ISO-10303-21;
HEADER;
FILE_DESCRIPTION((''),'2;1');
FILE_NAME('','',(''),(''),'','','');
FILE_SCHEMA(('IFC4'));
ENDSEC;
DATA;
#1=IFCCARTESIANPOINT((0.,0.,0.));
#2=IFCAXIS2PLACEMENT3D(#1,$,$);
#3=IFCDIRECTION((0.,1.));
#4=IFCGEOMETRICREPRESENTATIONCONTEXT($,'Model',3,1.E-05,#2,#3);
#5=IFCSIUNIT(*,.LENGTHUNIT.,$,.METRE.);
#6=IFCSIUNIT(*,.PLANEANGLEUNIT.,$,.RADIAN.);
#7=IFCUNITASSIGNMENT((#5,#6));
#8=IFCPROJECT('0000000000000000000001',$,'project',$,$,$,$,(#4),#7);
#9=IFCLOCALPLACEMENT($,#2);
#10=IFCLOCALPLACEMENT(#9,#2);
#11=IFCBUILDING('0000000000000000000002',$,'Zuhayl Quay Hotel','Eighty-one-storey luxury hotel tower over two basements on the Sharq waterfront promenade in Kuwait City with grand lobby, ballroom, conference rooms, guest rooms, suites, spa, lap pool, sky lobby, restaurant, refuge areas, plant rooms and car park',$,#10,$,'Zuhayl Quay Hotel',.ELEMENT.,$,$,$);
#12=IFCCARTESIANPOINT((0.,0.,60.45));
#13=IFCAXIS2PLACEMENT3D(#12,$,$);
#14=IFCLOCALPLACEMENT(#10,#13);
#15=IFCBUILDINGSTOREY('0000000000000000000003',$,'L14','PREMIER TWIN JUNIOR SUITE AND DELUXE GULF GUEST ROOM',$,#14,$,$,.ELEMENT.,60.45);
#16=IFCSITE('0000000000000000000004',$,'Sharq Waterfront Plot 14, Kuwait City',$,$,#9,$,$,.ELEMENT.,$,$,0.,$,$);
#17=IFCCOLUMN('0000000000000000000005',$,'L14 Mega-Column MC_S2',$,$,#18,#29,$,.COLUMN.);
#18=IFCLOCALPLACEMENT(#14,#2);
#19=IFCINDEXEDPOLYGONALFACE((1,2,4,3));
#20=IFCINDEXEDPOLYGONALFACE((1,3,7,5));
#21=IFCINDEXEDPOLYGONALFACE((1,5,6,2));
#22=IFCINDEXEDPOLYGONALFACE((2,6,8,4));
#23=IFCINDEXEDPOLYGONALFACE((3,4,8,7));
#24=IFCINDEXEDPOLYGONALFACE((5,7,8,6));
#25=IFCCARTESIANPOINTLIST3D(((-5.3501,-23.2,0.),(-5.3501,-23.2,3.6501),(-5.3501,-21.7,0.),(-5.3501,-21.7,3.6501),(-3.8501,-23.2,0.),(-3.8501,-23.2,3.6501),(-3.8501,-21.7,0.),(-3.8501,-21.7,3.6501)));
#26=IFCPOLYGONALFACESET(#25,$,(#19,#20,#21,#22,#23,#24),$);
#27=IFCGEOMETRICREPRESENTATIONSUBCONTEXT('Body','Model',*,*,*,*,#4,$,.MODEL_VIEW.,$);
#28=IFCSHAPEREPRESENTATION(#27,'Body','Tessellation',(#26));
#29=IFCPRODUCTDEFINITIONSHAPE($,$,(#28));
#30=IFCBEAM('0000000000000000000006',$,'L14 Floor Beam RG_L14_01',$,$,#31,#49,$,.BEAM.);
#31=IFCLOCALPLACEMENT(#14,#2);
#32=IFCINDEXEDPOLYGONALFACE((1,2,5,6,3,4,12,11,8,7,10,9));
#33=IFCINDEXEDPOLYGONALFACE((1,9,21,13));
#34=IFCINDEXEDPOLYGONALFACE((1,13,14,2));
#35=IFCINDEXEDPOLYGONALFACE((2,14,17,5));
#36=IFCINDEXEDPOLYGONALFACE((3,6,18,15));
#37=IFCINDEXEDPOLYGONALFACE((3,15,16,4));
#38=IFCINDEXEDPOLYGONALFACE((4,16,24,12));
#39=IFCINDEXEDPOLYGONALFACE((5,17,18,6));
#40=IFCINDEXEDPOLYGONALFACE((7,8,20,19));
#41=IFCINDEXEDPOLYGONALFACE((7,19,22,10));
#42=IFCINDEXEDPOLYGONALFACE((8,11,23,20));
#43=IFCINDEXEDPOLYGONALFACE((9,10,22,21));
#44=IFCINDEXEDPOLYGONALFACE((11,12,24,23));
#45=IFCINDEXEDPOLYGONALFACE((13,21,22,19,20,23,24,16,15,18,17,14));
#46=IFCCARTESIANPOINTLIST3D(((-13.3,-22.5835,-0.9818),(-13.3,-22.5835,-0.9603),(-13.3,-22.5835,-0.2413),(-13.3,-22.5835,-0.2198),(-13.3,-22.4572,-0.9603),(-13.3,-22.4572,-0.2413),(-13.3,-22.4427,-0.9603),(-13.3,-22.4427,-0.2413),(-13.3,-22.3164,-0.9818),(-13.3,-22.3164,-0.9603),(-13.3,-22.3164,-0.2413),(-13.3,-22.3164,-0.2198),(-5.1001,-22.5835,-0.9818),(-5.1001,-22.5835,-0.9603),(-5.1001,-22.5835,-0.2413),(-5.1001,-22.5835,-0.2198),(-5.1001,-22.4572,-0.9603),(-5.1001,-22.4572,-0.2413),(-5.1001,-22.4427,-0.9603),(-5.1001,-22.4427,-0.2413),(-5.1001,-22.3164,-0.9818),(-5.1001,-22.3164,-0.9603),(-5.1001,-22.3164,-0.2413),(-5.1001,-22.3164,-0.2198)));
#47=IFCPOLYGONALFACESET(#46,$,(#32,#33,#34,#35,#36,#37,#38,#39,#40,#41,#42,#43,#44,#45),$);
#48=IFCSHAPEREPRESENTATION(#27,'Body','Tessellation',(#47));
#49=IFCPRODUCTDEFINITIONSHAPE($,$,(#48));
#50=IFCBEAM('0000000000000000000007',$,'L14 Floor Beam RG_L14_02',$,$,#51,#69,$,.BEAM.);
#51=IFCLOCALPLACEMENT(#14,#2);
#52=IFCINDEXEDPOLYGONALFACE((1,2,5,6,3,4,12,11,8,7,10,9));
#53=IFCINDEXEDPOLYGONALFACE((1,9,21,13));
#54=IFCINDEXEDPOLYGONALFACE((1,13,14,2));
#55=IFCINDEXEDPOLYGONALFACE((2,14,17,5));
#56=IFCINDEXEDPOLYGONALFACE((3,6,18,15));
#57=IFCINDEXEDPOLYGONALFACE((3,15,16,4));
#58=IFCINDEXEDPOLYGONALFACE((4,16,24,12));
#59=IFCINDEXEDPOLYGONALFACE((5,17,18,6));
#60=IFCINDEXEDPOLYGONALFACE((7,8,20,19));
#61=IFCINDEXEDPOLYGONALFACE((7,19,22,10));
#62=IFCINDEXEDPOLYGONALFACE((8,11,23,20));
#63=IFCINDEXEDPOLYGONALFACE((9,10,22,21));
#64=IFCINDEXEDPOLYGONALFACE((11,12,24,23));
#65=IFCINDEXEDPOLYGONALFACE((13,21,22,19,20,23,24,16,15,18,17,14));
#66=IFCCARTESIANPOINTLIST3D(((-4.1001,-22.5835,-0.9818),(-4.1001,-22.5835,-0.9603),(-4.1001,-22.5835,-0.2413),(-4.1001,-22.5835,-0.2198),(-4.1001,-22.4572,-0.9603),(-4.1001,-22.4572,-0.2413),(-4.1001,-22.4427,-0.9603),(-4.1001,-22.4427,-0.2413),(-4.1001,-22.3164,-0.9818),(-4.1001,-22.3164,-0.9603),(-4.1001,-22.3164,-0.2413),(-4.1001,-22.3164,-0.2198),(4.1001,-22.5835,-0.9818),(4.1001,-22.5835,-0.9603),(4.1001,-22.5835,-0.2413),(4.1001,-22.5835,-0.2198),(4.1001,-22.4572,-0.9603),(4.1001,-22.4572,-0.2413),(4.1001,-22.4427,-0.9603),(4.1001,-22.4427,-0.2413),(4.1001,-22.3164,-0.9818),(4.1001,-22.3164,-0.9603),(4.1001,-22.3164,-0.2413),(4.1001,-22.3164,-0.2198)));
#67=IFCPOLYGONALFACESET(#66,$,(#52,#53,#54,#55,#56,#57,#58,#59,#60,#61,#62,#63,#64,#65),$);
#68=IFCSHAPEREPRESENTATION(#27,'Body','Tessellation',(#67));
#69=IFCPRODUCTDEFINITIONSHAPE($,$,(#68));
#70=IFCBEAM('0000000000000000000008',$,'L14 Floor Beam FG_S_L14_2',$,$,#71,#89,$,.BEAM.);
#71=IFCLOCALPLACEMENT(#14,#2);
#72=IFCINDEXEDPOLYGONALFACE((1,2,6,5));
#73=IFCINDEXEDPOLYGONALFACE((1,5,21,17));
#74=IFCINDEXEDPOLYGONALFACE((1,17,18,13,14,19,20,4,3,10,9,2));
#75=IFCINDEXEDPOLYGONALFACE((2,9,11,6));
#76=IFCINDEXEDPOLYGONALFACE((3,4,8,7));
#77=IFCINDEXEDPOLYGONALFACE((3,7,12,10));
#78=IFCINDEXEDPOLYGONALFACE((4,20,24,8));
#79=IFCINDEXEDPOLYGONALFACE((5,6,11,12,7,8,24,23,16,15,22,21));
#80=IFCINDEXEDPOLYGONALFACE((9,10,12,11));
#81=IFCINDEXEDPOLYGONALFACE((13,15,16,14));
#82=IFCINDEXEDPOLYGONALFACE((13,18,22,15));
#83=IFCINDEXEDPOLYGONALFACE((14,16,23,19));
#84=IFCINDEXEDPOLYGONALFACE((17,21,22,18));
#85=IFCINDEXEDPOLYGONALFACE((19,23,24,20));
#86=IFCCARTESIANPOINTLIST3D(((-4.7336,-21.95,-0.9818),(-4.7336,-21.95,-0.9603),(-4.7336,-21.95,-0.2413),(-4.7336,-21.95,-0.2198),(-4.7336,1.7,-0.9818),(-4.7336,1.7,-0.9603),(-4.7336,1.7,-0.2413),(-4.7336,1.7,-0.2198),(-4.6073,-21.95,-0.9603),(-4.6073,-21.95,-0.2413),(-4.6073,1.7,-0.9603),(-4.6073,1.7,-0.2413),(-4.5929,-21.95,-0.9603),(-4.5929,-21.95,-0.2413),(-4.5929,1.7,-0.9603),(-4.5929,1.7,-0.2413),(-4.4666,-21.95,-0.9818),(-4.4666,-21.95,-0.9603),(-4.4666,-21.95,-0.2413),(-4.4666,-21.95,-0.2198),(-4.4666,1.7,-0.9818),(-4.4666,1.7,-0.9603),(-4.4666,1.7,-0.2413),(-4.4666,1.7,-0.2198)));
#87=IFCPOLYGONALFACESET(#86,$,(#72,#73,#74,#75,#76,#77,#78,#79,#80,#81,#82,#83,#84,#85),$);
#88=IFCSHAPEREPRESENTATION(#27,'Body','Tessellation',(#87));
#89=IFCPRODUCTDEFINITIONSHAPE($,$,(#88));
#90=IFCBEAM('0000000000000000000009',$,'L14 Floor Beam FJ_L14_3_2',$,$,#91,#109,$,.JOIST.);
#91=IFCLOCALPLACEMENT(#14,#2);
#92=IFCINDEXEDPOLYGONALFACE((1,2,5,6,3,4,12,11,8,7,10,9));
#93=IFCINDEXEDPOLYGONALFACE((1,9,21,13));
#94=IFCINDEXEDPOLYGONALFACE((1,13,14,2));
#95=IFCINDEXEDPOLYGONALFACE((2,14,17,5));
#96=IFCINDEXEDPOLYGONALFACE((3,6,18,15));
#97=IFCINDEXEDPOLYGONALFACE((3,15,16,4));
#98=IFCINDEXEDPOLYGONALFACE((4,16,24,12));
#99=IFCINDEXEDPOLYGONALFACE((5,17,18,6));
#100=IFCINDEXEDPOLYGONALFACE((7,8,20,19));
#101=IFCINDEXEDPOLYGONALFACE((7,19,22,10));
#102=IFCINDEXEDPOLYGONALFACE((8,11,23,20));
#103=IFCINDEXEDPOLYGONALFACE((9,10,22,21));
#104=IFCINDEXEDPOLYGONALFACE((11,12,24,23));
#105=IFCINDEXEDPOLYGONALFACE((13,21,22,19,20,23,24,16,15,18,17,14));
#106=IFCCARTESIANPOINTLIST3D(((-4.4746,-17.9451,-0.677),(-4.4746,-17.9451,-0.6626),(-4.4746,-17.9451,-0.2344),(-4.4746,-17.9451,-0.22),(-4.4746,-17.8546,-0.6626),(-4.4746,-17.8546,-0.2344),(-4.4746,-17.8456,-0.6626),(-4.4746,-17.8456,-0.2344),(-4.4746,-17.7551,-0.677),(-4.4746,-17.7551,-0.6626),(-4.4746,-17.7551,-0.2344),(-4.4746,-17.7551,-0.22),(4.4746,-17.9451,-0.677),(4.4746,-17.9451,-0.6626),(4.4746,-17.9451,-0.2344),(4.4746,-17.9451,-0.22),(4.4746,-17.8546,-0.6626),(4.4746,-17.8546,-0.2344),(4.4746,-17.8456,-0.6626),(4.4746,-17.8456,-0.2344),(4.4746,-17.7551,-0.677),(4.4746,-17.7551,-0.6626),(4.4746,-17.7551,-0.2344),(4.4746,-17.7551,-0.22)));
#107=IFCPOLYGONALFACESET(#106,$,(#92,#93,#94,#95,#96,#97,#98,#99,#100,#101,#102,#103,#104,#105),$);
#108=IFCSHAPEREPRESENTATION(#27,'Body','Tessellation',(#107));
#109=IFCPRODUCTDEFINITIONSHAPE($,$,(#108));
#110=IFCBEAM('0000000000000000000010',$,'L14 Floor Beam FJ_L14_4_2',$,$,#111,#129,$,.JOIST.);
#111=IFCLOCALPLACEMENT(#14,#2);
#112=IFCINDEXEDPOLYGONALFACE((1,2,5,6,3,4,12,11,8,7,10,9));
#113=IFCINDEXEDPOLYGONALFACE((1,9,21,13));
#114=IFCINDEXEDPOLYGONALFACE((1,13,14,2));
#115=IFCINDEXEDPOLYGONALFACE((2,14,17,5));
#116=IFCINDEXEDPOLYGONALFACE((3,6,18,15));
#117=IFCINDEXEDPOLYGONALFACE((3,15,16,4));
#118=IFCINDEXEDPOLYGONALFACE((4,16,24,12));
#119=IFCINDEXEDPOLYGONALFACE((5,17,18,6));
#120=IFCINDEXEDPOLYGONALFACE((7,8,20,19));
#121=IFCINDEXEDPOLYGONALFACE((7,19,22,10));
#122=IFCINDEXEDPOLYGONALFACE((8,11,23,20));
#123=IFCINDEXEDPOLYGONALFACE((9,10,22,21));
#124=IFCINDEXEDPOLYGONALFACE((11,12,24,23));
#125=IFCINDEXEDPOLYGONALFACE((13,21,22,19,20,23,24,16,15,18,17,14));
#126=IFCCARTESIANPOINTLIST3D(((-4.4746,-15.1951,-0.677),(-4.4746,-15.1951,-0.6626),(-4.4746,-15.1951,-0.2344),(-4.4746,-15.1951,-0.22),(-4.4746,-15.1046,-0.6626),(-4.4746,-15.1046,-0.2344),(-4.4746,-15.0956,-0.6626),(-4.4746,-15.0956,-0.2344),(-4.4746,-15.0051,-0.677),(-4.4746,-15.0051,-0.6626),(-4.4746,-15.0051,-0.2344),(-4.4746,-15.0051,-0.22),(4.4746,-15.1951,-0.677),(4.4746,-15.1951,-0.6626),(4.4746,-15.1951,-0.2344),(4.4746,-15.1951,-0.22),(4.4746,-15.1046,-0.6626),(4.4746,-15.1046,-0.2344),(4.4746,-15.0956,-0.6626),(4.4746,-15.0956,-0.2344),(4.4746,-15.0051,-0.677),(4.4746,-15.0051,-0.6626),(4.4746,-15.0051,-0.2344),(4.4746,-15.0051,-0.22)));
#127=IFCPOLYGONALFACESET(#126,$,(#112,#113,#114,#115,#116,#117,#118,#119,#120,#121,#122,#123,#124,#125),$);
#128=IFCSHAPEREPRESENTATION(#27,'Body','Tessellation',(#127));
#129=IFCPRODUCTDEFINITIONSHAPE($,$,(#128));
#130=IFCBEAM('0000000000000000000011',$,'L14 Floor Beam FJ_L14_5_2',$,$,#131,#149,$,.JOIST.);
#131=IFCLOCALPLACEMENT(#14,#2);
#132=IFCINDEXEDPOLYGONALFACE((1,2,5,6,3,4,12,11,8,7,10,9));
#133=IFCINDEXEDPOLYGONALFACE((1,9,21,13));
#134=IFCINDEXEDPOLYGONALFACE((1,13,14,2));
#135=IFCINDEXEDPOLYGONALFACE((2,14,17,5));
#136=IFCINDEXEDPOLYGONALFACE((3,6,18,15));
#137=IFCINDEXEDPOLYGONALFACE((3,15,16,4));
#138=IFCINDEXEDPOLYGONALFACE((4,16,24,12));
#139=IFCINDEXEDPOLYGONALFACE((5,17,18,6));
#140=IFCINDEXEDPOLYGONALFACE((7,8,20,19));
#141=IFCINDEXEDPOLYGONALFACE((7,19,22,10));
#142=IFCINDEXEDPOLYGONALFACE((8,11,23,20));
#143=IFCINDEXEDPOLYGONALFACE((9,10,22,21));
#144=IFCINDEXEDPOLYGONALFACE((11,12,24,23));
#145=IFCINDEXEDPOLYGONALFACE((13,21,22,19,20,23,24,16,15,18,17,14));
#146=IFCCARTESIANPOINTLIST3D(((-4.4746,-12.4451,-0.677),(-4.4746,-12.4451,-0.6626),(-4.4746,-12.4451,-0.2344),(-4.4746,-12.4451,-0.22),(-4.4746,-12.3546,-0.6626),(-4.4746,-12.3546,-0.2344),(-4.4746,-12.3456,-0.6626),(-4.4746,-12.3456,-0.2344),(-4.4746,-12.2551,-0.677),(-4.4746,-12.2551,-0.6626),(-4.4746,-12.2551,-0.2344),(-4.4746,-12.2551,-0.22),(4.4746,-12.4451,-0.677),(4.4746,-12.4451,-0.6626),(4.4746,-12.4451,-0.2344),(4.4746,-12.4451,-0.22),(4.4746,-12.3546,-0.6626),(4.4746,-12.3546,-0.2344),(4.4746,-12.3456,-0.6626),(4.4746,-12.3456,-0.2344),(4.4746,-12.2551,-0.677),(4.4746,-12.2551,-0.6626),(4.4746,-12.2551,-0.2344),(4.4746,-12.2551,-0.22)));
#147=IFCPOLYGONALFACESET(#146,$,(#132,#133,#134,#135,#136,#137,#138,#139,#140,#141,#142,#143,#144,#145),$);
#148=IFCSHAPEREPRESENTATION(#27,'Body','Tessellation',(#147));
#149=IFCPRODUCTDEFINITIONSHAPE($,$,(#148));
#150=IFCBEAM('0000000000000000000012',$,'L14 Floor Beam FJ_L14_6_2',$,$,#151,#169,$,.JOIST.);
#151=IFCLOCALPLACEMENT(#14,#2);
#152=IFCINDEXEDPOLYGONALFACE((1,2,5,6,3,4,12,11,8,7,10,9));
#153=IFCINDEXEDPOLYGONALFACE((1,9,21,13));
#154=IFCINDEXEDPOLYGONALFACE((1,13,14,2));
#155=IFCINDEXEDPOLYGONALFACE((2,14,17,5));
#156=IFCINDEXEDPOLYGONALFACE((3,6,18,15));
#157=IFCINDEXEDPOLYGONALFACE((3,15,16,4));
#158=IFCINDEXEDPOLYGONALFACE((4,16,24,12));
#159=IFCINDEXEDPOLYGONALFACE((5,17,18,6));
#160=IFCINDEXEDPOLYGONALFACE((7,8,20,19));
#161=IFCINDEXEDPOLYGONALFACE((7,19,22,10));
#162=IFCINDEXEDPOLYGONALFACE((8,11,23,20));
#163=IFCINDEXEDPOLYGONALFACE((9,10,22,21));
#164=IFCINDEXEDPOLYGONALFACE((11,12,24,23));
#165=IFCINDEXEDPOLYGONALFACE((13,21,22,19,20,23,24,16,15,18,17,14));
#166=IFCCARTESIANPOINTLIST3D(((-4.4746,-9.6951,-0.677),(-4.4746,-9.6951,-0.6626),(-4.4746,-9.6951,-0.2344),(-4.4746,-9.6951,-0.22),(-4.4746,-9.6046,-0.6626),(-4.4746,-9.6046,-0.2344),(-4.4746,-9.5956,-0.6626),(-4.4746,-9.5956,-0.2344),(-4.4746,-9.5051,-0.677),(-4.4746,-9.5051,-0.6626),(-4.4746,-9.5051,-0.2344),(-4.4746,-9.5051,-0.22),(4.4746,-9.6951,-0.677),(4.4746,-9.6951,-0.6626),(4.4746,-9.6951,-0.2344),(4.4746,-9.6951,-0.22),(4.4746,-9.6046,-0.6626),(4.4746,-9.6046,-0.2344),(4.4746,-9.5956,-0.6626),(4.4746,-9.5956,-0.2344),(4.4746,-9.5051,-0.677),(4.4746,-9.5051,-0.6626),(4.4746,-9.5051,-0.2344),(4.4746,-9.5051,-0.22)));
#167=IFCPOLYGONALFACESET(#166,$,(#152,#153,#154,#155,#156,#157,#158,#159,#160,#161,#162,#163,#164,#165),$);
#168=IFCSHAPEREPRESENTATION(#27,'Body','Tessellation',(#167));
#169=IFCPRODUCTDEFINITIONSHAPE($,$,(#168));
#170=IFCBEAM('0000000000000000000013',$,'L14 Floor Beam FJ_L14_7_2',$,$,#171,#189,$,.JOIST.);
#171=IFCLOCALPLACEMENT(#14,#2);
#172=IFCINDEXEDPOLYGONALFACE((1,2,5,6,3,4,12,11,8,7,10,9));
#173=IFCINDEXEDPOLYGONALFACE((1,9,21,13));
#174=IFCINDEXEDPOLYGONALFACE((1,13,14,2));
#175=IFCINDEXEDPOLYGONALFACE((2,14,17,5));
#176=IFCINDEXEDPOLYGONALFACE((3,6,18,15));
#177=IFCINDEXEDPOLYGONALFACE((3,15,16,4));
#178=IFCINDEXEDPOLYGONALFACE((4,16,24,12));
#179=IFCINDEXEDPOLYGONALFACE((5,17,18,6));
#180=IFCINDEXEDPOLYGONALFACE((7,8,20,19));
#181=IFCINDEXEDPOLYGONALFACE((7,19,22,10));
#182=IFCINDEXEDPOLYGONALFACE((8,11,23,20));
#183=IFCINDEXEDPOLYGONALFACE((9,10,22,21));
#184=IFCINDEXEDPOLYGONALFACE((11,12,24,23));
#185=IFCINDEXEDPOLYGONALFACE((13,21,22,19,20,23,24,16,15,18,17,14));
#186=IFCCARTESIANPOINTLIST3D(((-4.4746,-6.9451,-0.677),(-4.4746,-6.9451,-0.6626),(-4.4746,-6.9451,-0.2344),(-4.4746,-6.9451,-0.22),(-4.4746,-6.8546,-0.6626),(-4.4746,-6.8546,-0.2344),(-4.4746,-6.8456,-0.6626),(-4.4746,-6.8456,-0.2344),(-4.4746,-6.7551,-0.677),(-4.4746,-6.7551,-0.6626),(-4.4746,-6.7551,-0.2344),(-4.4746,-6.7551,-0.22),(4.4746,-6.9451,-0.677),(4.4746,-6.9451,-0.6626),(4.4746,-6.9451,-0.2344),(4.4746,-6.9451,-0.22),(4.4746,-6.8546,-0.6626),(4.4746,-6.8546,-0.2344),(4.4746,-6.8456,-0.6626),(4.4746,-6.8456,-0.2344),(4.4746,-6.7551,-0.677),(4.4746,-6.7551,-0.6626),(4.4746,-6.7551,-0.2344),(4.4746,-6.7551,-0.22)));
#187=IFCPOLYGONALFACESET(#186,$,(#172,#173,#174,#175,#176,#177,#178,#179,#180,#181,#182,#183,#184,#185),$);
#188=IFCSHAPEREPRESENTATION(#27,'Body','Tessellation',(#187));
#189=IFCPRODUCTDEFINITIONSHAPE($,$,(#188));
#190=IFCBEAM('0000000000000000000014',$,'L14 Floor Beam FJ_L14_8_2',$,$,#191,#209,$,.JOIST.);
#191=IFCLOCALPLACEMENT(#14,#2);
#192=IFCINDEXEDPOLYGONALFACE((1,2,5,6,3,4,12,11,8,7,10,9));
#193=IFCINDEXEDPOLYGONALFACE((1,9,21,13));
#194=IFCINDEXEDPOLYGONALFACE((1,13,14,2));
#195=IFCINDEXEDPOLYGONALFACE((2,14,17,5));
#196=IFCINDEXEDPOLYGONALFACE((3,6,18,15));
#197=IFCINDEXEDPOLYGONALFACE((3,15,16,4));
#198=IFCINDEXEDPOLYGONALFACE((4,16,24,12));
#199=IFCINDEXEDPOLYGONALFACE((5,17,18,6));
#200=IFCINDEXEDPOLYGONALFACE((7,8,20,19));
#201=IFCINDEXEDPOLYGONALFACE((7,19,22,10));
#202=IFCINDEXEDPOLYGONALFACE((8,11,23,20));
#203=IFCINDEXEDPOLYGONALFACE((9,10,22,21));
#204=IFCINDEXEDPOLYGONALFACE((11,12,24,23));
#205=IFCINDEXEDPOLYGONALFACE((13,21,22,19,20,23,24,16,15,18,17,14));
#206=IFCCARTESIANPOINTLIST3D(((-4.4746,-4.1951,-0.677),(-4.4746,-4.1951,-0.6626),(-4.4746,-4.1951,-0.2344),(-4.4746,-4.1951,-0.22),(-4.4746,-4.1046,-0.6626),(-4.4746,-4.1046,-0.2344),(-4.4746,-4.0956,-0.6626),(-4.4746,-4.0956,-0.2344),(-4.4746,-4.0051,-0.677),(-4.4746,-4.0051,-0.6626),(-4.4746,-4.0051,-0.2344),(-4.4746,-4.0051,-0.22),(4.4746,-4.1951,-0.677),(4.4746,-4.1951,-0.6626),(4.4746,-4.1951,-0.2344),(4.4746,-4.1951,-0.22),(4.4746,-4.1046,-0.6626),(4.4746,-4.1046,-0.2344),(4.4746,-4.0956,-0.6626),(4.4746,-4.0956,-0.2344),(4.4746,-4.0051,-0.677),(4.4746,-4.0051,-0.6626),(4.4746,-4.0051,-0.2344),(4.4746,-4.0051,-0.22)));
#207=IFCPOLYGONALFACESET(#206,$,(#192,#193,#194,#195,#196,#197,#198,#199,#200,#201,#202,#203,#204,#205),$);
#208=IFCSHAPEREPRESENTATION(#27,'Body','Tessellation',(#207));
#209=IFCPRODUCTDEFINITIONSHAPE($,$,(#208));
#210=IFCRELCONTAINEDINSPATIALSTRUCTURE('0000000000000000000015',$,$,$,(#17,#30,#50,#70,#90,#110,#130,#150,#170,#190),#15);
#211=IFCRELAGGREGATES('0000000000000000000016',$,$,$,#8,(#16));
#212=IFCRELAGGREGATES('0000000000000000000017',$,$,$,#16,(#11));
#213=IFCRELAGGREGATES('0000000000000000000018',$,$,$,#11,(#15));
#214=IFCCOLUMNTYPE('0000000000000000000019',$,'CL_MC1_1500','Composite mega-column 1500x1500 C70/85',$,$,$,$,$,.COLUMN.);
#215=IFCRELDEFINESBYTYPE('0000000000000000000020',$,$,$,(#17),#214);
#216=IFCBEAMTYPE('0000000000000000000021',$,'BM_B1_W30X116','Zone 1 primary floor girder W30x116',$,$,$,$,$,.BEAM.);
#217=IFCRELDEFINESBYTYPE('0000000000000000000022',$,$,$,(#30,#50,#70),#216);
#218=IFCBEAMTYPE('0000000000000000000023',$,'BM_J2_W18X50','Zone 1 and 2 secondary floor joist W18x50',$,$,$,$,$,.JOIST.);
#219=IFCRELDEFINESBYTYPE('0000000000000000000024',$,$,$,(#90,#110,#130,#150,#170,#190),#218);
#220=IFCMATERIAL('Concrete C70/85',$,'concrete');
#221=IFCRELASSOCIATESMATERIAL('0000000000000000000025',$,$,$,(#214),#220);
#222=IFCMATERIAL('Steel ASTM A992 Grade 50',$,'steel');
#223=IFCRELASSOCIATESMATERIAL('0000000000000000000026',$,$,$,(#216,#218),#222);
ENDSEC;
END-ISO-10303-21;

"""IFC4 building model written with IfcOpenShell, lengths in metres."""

from ifc_helpers import new_model, si_unit, direction, frame, origin, origin_2d, place, context, subcontext, project, spatial, rectangle, i_section, extrude, material, material_profile, profile_set, type_object, element, save


model = new_model("IFC4")

# Units and contexts
model_context = context("Model", 3, precision=1e-05, world=origin(), true_north=direction((0.0, 1.0)))
body_context = subcontext(model_context, "Body", "Model", "MODEL_VIEW")
ifc_project = project(units=[si_unit("LENGTHUNIT", "METRE"), si_unit("PLANEANGLEUNIT", "RADIAN")], contexts=[model_context])

# Site, building, storey
site_placement = place(None, origin())
site = spatial("IfcSite", under=ifc_project, at=site_placement, Name="Sharq Waterfront Plot 14, Kuwait City", CompositionType="ELEMENT", RefElevation=0.0)
building_placement = place(site_placement, origin())
building = spatial("IfcBuilding", under=site, at=building_placement, Name="Zuhayl Quay Hotel", Description="Eighty-one-storey luxury hotel tower over two basements on the Sharq waterfront promenade in Kuwait City with grand lobby, ballroom, conference rooms, guest rooms, suites, spa, lap pool, sky lobby, restaurant, refuge areas, plant rooms and car park", LongName="Zuhayl Quay Hotel", CompositionType="ELEMENT")
storey_placement = place(building_placement, frame((0.0, 0.0, 60.45)))
storey = spatial("IfcBuildingStorey", under=building, at=storey_placement, Name="L14", Description="PREMIER TWIN JUNIOR SUITE AND DELUXE GULF GUEST ROOM", CompositionType="ELEMENT", Elevation=60.45)

# Column
ifc_material_1 = material(Name="Concrete C70/85", Category="concrete")
ifc_material_profile_1 = material_profile(ifc_material_1, rectangle(XDim=1.5, YDim=1.5, at=origin_2d()), Name="RC1500X1500")
ifc_profile_set_1 = profile_set([ifc_material_profile_1], Name="Concrete C70/85")
column_type = type_object("IfcColumnType", Name="CL_MC1_1500", Description="Composite mega-column 1500x1500 C70/85", PredefinedType="COLUMN", material=ifc_profile_set_1)
column_placement = place(storey_placement, frame((-4.6001, -22.45, 0.0), z_axis=(0.0, 0.0, 1.0), x_axis=(1.0, 0.0, 0.0)))
element("IfcColumn", 1, at=column_placement, inside=storey, type_object=column_type, Name="L14 Mega-Column MC_S2", PredefinedType="COLUMN", context=body_context, shape_type="SweptSolid", body=[
    extrude(rectangle(XDim=1.5, YDim=1.5, at=origin_2d()), origin(), (0.0, 0.0, 1.0), 3.6501),
])

# Beams
ifc_material_2 = material(Name="Steel ASTM A992 Grade 50", Category="steel")
ifc_material_profile_2 = material_profile(ifc_material_2, i_section(OverallWidth=0.2671, OverallDepth=0.762, WebThickness=0.0144, FlangeThickness=0.0215, at=origin_2d()), Name="W30X116")
ifc_profile_set_2 = profile_set([ifc_material_profile_2], Name="Steel ASTM A992 Grade 50")
beam_type_1 = type_object("IfcBeamType", Name="BM_B1_W30X116", Description="Zone 1 primary floor girder W30x116", PredefinedType="BEAM", material=ifc_profile_set_2)
beam_1_placement = place(storey_placement, frame((-13.3, -22.45, -0.6008), z_axis=(1.0, 0.0, 0.0), x_axis=(0.0, 1.0, 0.0)))
element("IfcBeam", 2, at=beam_1_placement, inside=storey, type_object=beam_type_1, Name="L14 Floor Beam RG_L14_01", PredefinedType="BEAM", context=body_context, shape_type="SweptSolid", body=[
    extrude(i_section(OverallWidth=0.2671, OverallDepth=0.762, WebThickness=0.0144, FlangeThickness=0.0215, at=origin_2d()), origin(), (0.0, 0.0, 1.0), 8.2),
])
beam_2_placement = place(storey_placement, frame((-4.1001, -22.45, -0.6008), z_axis=(1.0, 0.0, 0.0), x_axis=(0.0, 1.0, 0.0)))
element("IfcBeam", 3, at=beam_2_placement, inside=storey, type_object=beam_type_1, Name="L14 Floor Beam RG_L14_02", PredefinedType="BEAM", context=body_context, shape_type="SweptSolid", body=[
    extrude(i_section(OverallWidth=0.2671, OverallDepth=0.762, WebThickness=0.0144, FlangeThickness=0.0215, at=origin_2d()), origin(), (0.0, 0.0, 1.0), 8.2002),
])
beam_3_placement = place(storey_placement, frame((-4.6001, -21.95, -0.6008), z_axis=(0.0, 1.0, 0.0), x_axis=(-1.0, 0.0, 0.0)))
element("IfcBeam", 4, at=beam_3_placement, inside=storey, type_object=beam_type_1, Name="L14 Floor Beam FG_S_L14_2", PredefinedType="BEAM", context=body_context, shape_type="SweptSolid", body=[
    extrude(i_section(OverallWidth=0.2671, OverallDepth=0.762, WebThickness=0.0144, FlangeThickness=0.0215, at=origin_2d()), origin(), (0.0, 0.0, 1.0), 23.6499),
])
ifc_material_profile_3 = material_profile(ifc_material_2, i_section(OverallWidth=0.1899, OverallDepth=0.457, WebThickness=0.009, FlangeThickness=0.0144, at=origin_2d()), Name="W18X50")
ifc_profile_set_3 = profile_set([ifc_material_profile_3], Name="Steel ASTM A992 Grade 50")
beam_type_2 = type_object("IfcBeamType", Name="BM_J2_W18X50", Description="Zone 1 and 2 secondary floor joist W18x50", PredefinedType="JOIST", material=ifc_profile_set_3)
for number, where, z_axis, x_axis, name in (
    (5, (-4.4746, -17.8501, -0.4485), (1.0, 0.0, 0.0), (0.0, 1.0, 0.0), "L14 Floor Beam FJ_L14_3_2"),
    (6, (-4.4746, -15.1001, -0.4485), (1.0, 0.0, 0.0), (0.0, 1.0, 0.0), "L14 Floor Beam FJ_L14_4_2"),
    (7, (-4.4746, -12.3501, -0.4485), (1.0, 0.0, 0.0), (0.0, 1.0, 0.0), "L14 Floor Beam FJ_L14_5_2"),
    (8, (-4.4746, -9.6001, -0.4485), (1.0, 0.0, 0.0), (0.0, 1.0, 0.0), "L14 Floor Beam FJ_L14_6_2"),
    (9, (-4.4746, -6.8501, -0.4485), (1.0, 0.0, 0.0), (0.0, 1.0, 0.0), "L14 Floor Beam FJ_L14_7_2"),
    (10, (-4.4746, -4.1001, -0.4485), (1.0, 0.0, 0.0), (0.0, 1.0, 0.0), "L14 Floor Beam FJ_L14_8_2"),
):
    element("IfcBeam", number, at=place(storey_placement, frame(where, z_axis=z_axis, x_axis=x_axis)), inside=storey, type_object=beam_type_2, Name=name, PredefinedType="JOIST", context=body_context, shape_type="SweptSolid", body=[
        extrude(i_section(OverallWidth=0.1899, OverallDepth=0.457, WebThickness=0.009, FlangeThickness=0.0144, at=origin_2d()), origin(), (0.0, 0.0, 1.0), 8.9492),
    ])

save(model, "model.ifc")
